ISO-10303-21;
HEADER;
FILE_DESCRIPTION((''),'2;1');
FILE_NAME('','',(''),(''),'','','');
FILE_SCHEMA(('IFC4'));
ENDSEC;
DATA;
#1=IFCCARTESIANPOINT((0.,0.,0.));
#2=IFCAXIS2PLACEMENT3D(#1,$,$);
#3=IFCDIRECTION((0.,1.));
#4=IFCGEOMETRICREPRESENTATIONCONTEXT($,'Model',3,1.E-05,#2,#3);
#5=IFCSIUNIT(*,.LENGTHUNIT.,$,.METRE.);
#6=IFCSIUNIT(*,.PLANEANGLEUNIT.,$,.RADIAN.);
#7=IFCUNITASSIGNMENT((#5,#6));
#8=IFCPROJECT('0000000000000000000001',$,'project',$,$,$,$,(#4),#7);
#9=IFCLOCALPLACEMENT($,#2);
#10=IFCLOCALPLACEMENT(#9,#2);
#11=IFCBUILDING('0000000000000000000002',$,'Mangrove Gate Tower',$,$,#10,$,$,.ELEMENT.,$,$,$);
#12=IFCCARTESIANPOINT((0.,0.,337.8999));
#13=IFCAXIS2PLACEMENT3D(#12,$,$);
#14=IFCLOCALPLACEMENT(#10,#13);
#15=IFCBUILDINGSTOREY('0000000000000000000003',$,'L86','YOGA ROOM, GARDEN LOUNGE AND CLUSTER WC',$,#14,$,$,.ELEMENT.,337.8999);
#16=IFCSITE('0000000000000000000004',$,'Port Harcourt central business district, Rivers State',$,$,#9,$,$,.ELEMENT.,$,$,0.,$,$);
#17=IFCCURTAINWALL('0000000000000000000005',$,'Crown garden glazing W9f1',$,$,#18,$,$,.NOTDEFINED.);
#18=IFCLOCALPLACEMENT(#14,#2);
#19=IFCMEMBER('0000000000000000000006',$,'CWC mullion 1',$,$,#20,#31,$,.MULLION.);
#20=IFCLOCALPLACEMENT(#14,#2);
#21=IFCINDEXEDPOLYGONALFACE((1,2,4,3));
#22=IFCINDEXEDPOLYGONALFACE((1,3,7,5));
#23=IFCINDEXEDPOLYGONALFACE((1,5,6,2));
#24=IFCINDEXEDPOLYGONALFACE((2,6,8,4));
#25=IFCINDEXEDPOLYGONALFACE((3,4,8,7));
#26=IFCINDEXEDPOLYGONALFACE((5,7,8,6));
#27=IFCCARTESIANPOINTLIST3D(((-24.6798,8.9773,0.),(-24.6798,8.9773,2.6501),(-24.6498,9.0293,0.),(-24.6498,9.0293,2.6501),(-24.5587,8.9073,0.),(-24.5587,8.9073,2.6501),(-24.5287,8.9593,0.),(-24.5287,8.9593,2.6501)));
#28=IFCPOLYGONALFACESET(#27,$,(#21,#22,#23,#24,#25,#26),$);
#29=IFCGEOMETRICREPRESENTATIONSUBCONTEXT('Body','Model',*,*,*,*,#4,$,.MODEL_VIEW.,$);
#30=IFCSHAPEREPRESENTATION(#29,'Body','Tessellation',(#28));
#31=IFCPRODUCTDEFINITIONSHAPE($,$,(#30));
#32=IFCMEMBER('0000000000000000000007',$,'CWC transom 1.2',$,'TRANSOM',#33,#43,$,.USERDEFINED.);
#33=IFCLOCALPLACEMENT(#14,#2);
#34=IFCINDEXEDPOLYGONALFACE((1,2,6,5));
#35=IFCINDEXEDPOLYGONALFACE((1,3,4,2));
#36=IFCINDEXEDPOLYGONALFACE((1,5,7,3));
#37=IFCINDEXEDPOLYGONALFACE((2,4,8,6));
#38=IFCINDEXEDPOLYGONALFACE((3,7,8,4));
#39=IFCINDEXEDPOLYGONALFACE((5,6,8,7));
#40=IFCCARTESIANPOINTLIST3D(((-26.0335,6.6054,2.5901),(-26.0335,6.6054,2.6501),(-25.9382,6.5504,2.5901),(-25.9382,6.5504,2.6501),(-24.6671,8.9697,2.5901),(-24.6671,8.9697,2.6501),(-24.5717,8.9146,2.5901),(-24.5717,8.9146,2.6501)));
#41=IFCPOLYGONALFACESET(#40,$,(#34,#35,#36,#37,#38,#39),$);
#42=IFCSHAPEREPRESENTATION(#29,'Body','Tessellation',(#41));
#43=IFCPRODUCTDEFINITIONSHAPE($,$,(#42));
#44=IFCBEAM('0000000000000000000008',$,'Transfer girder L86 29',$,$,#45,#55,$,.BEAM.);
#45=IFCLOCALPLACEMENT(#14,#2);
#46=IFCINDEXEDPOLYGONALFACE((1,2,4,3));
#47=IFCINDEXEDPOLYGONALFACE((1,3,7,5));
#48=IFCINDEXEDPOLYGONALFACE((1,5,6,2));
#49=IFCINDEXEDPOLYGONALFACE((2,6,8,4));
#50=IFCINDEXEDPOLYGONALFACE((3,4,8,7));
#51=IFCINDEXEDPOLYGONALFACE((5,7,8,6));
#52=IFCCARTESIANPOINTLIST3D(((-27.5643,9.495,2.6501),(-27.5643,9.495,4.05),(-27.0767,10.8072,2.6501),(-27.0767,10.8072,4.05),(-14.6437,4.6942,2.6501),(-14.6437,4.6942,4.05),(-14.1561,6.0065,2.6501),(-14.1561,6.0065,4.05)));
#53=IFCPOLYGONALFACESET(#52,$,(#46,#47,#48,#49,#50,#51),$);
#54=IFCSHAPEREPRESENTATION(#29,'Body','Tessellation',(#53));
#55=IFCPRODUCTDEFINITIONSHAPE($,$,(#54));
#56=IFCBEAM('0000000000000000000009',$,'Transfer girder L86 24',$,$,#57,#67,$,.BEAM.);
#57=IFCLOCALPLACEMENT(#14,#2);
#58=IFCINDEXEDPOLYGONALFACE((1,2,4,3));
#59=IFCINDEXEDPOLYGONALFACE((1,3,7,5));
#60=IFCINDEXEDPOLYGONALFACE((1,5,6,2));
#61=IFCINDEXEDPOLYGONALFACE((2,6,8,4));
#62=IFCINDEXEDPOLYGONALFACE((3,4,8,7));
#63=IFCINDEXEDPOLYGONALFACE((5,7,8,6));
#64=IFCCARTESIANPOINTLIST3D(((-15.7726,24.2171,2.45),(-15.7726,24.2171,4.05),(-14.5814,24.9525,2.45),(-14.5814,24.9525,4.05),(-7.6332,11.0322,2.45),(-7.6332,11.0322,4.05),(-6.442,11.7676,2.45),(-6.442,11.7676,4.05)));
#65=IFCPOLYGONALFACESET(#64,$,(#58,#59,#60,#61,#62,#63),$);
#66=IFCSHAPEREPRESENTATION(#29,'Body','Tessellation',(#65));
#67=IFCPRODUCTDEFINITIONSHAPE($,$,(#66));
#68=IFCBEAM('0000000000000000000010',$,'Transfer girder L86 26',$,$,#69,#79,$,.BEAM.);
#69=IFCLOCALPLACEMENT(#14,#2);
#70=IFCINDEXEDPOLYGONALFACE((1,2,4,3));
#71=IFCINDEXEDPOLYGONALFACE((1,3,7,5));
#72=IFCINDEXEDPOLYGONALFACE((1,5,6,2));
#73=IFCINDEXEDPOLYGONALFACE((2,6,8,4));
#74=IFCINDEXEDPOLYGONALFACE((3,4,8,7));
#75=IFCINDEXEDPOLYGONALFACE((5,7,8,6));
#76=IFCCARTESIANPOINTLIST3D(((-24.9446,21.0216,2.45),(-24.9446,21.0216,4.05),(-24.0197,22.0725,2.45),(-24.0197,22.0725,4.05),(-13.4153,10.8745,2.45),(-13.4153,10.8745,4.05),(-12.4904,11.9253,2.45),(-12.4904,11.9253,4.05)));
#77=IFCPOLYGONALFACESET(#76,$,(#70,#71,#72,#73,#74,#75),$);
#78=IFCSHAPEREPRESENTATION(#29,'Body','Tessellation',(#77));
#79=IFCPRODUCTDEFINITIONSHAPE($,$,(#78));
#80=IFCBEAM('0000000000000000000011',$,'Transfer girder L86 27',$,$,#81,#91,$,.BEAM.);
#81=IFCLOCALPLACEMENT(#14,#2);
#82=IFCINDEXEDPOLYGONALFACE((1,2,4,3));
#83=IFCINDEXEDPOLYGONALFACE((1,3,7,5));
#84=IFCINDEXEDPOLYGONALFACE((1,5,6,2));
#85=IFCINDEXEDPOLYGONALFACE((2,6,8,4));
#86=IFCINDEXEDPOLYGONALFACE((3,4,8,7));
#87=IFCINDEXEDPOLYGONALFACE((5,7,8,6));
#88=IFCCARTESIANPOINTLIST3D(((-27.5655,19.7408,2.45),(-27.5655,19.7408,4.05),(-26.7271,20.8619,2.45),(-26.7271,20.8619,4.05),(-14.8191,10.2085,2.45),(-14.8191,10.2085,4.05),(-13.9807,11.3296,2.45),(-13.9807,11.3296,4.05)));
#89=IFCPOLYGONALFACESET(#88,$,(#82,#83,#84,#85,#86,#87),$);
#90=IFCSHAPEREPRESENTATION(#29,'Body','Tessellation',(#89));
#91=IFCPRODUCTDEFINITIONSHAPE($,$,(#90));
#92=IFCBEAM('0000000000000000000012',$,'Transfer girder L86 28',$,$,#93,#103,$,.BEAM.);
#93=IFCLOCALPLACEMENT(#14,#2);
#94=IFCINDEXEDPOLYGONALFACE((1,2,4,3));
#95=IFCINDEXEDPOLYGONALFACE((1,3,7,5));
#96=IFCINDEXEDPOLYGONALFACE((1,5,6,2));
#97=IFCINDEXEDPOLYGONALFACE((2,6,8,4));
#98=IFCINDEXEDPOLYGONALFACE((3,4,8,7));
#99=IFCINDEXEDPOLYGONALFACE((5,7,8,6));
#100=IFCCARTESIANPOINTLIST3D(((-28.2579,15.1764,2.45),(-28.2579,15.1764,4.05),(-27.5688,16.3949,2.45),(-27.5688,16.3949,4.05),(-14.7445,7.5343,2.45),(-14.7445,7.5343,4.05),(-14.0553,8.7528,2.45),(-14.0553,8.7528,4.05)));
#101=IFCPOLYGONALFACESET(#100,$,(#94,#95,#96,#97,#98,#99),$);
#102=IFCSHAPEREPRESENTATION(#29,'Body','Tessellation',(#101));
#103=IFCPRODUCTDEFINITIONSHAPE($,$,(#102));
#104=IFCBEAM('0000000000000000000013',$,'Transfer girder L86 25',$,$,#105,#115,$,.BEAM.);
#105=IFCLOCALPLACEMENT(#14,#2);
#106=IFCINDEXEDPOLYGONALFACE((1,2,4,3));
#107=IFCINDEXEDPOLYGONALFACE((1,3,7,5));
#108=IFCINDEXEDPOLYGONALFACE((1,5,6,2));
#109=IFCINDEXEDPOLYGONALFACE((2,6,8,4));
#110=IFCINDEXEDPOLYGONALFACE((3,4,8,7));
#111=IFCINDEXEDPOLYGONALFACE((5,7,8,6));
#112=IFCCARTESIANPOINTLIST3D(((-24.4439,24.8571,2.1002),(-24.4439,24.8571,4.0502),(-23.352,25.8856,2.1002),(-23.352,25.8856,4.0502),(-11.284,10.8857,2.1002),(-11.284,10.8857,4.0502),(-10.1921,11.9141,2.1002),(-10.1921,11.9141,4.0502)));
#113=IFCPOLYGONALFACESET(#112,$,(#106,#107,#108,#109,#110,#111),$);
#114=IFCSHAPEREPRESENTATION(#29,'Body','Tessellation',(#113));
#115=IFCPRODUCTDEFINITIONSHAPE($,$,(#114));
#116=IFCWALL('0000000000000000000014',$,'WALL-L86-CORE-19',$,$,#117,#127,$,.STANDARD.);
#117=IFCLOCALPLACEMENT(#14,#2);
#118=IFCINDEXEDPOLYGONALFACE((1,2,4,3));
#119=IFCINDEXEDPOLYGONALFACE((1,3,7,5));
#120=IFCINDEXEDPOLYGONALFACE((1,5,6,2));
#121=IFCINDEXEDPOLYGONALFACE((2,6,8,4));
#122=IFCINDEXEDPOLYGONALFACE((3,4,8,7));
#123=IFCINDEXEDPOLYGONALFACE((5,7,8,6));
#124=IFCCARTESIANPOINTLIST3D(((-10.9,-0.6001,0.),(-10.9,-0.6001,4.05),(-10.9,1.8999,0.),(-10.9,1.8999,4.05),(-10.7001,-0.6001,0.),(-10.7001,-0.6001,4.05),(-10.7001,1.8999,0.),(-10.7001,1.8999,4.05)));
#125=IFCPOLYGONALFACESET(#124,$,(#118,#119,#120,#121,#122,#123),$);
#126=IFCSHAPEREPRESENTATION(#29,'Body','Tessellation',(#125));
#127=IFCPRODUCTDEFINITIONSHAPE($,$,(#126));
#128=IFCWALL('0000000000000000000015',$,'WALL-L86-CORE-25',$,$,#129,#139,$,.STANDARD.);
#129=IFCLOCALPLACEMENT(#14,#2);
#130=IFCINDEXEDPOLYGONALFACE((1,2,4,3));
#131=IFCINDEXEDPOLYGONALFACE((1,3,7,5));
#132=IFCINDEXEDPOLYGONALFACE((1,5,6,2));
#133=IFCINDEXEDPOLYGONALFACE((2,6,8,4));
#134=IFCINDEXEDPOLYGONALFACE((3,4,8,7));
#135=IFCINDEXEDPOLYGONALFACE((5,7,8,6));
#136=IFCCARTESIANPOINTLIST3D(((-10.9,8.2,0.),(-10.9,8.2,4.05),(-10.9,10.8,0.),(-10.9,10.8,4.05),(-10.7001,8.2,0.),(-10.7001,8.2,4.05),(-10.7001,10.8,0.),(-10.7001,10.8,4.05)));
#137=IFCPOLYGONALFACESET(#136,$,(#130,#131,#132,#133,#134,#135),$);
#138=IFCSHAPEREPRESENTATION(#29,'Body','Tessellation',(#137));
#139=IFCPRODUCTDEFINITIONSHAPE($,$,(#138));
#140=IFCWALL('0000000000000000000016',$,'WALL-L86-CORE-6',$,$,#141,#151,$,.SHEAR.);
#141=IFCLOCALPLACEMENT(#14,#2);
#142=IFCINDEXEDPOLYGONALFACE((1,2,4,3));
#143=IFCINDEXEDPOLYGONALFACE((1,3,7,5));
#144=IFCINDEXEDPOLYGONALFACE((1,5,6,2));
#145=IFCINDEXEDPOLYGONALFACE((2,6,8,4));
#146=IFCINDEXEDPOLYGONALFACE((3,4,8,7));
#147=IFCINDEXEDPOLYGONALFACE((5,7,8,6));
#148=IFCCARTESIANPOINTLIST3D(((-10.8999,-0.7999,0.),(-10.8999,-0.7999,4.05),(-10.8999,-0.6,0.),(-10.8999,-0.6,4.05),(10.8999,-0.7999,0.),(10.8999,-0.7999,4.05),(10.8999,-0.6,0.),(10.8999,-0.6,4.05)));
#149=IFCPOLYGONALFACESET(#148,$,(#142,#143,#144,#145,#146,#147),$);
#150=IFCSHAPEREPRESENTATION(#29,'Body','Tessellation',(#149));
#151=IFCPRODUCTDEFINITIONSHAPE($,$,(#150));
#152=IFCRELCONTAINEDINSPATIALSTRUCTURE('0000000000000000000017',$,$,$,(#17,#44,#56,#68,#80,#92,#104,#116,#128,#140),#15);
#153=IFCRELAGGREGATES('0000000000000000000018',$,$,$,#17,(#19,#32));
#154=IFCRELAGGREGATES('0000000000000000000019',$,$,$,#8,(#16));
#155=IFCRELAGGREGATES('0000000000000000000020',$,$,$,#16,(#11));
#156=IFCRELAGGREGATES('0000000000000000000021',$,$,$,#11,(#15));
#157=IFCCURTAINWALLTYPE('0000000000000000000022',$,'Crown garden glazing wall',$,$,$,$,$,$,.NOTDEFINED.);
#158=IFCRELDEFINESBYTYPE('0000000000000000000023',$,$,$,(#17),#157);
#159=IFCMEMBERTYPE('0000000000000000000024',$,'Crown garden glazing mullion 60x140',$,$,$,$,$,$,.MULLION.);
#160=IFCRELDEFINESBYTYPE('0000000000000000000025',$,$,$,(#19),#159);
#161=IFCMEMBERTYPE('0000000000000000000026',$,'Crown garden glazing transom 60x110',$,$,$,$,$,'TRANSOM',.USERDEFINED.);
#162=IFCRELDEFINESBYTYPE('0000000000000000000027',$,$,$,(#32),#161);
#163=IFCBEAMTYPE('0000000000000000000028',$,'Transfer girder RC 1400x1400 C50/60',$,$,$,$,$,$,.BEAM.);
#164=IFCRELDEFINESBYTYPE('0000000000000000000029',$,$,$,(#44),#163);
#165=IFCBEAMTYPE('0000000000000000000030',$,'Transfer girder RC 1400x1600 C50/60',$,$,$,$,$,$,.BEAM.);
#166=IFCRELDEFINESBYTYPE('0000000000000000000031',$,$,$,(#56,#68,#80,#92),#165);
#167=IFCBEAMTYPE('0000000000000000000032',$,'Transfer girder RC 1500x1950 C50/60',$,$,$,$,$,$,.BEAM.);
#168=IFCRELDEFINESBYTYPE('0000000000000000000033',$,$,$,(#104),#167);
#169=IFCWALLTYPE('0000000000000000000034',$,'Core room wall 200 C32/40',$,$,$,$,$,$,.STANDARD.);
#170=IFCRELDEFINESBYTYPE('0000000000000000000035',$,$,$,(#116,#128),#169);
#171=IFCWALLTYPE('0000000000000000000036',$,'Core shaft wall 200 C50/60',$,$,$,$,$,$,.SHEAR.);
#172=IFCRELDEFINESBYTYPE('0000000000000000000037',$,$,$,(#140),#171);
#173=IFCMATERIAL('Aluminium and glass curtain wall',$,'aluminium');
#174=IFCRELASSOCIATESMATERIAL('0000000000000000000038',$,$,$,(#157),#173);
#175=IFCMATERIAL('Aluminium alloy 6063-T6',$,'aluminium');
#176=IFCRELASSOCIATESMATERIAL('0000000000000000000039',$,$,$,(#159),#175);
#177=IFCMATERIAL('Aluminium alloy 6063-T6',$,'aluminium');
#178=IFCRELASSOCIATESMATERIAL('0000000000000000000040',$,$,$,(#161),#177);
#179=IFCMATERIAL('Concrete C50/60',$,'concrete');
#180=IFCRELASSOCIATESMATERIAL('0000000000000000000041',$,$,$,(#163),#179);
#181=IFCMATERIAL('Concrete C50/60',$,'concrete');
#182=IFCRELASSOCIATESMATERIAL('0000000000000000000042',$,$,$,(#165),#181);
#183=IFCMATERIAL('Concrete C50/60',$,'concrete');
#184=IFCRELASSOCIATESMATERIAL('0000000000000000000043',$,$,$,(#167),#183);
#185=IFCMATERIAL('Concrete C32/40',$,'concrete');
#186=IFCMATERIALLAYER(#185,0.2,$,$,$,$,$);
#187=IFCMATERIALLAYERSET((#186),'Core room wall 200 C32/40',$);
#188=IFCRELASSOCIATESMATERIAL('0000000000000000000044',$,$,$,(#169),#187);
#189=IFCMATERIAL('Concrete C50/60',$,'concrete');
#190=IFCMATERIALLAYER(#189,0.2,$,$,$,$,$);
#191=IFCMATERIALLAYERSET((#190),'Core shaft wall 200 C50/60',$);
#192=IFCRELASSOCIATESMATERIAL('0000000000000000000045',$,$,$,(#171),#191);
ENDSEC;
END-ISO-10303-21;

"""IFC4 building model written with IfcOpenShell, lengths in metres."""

from ifc_helpers import new_model, si_unit, direction, frame, frame_2d, origin, origin_2d, place, context, subcontext, project, spatial, rectangle, extrude, material, layer, layer_set, material_profile, profile_set, type_object, element, aggregate, save


model = new_model("IFC4")

# Units and contexts
model_context = context("Model", 3, precision=1e-05, world=origin(), true_north=direction((0.0, 1.0)))
body_context = subcontext(model_context, "Body", "Model", "MODEL_VIEW")
ifc_project = project(units=[si_unit("LENGTHUNIT", "METRE"), si_unit("PLANEANGLEUNIT", "RADIAN")], contexts=[model_context])

# Site, building, storey
site_placement = place(None, origin())
site = spatial("IfcSite", under=ifc_project, at=site_placement, Name="Port Harcourt central business district, Rivers State", CompositionType="ELEMENT", RefElevation=0.0)
building_placement = place(site_placement, origin())
building = spatial("IfcBuilding", under=site, at=building_placement, Name="Mangrove Gate Tower", CompositionType="ELEMENT")
storey_placement = place(building_placement, frame((0.0, 0.0, 337.8999)))
storey = spatial("IfcBuildingStorey", under=building, at=storey_placement, Name="L86", Description="YOGA ROOM, GARDEN LOUNGE AND CLUSTER WC", CompositionType="ELEMENT", Elevation=337.8999)

# Curtain wall, members
ifc_material_1 = material(Name="Aluminium and glass curtain wall", Category="aluminium")
curtain_wall_type = type_object("IfcCurtainWallType", Name="Crown garden glazing wall", PredefinedType="NOTDEFINED", material=ifc_material_1)
curtain_wall_placement = place(storey_placement, origin())
curtain_wall = element("IfcCurtainWall", 1, at=curtain_wall_placement, inside=storey, type_object=curtain_wall_type, Name="Crown garden glazing W9f1", PredefinedType="NOTDEFINED")
ifc_material_2 = material(Name="Aluminium alloy 6063-T6", Category="aluminium")
ifc_material_profile_1 = material_profile(ifc_material_2, rectangle(XDim=0.0601, YDim=0.1399, at=origin_2d()))
ifc_profile_set_1 = profile_set([ifc_material_profile_1], Name="Aluminium alloy 6063-T6")
member_type_1 = type_object("IfcMemberType", Name="Crown garden glazing mullion 60x140", PredefinedType="MULLION", material=ifc_profile_set_1)
member_1_placement = place(storey_placement, frame((-24.6042, 8.9683, 0.0), z_axis=(0.0, 0.0, 1.0), x_axis=(-0.500418, -0.865784, 0.0)))
member_1 = element("IfcMember", 2, at=member_1_placement, type_object=member_type_1, Name="CWC mullion 1", PredefinedType="MULLION", context=body_context, shape_type="SweptSolid", body=[
    extrude(rectangle(XDim=0.0601, YDim=0.1399, at=origin_2d()), origin(), (0.0, 0.0, 1.0), 2.6501),
])
ifc_material_3 = material(Name="Aluminium alloy 6063-T6", Category="aluminium")
ifc_material_profile_2 = material_profile(ifc_material_3, rectangle(XDim=0.0601, YDim=0.1101, at=origin_2d()))
ifc_profile_set_2 = profile_set([ifc_material_profile_2], Name="Aluminium alloy 6063-T6")
member_type_2 = type_object("IfcMemberType", Name="Crown garden glazing transom 60x110", ElementType="TRANSOM", PredefinedType="USERDEFINED", material=ifc_profile_set_2)
member_2_placement = place(storey_placement, frame((-24.6194, 8.9421, 2.6201), z_axis=(-0.500398, -0.865795, 0.0), x_axis=(0.0, 0.0, 1.0)))
member_2 = element("IfcMember", 3, at=member_2_placement, type_object=member_type_2, Name="CWC transom 1.2", ObjectType="TRANSOM", PredefinedType="USERDEFINED", context=body_context, shape_type="SweptSolid", body=[
    extrude(rectangle(XDim=0.0601, YDim=0.1101, at=origin_2d()), origin(), (0.0, 0.0, 1.0), 2.7307),
])
aggregate(curtain_wall, [member_1, member_2])

# Beams
ifc_material_4 = material(Name="Concrete C50/60", Category="concrete")
ifc_material_profile_3 = material_profile(ifc_material_4, rectangle(XDim=1.3999, YDim=1.3999, at=origin_2d()))
ifc_profile_set_3 = profile_set([ifc_material_profile_3], Name="Concrete C50/60")
beam_type_1 = type_object("IfcBeamType", Name="Transfer girder RC 1400x1400 C50/60", PredefinedType="BEAM", material=ifc_profile_set_3)
beam_1_placement = place(storey_placement, frame((-14.3999, 5.3503, 3.3501), z_axis=(-0.937385, 0.348294, 0.0), x_axis=(-0.348294, -0.937385, 0.0)))
element("IfcBeam", 4, at=beam_1_placement, inside=storey, type_object=beam_type_1, Name="Transfer girder L86 29", PredefinedType="BEAM", context=body_context, shape_type="SweptSolid", body=[
    extrude(rectangle(XDim=1.3999, YDim=1.3999, at=origin_2d()), origin(), (0.0, 0.0, 1.0), 13.7837),
])
ifc_material_5 = material(Name="Concrete C50/60", Category="concrete")
ifc_material_profile_4 = material_profile(ifc_material_5, rectangle(XDim=1.3999, YDim=1.6001, at=origin_2d()))
ifc_profile_set_4 = profile_set([ifc_material_profile_4], Name="Concrete C50/60")
beam_type_2 = type_object("IfcBeamType", Name="Transfer girder RC 1400x1600 C50/60", PredefinedType="BEAM", material=ifc_profile_set_4)
beam_2_placement = place(storey_placement, frame((-7.0376, 11.3999, 3.25), z_axis=(-0.525299, 0.850918, 0.0), x_axis=(-0.850918, -0.525299, 0.0)))
element("IfcBeam", 5, at=beam_2_placement, inside=storey, type_object=beam_type_2, Name="Transfer girder L86 24", PredefinedType="BEAM", context=body_context, shape_type="SweptSolid", body=[
    extrude(rectangle(XDim=1.3999, YDim=1.6001, at=origin_2d()), origin(), (0.0, 0.0, 1.0), 15.4949),
])
beam_3_placement = place(storey_placement, frame((-12.9529, 11.3999, 3.25), z_axis=(-0.750667, 0.660681, 0.0), x_axis=(-0.660681, -0.750667, 0.0)))
element("IfcBeam", 6, at=beam_3_placement, inside=storey, type_object=beam_type_2, Name="Transfer girder L86 26", PredefinedType="BEAM", context=body_context, shape_type="SweptSolid", body=[
    extrude(rectangle(XDim=1.3999, YDim=1.6001, at=origin_2d()), origin(), (0.0, 0.0, 1.0), 15.3586),
])
beam_4_placement = place(storey_placement, frame((-14.3999, 10.769, 3.25), z_axis=(-0.800829, 0.598893, 0.0), x_axis=(-0.598893, -0.800829, 0.0)))
element("IfcBeam", 7, at=beam_4_placement, inside=storey, type_object=beam_type_2, Name="Transfer girder L86 27", PredefinedType="BEAM", context=body_context, shape_type="SweptSolid", body=[
    extrude(rectangle(XDim=1.3999, YDim=1.6001, at=origin_2d()), origin(), (0.0, 0.0, 1.0), 15.9165),
])
beam_5_placement = place(storey_placement, frame((-14.3999, 8.1436, 3.25), z_axis=(-0.870451, 0.492256, 0.0), x_axis=(-0.492256, -0.870451, 0.0)))
element("IfcBeam", 8, at=beam_5_placement, inside=storey, type_object=beam_type_2, Name="Transfer girder L86 28", PredefinedType="BEAM", context=body_context, shape_type="SweptSolid", body=[
    extrude(rectangle(XDim=1.3999, YDim=1.6001, at=origin_2d()), origin(), (0.0, 0.0, 1.0), 15.5247),
])
ifc_material_6 = material(Name="Concrete C50/60", Category="concrete")
ifc_material_profile_5 = material_profile(ifc_material_6, rectangle(XDim=1.5, YDim=1.95, at=origin_2d()))
ifc_profile_set_5 = profile_set([ifc_material_profile_5], Name="Concrete C50/60")
beam_type_3 = type_object("IfcBeamType", Name="Transfer girder RC 1500x1950 C50/60", PredefinedType="BEAM", material=ifc_profile_set_5)
beam_6_placement = place(storey_placement, frame((-10.738, 11.3999, 3.0752), z_axis=(-0.68565, 0.727931, 0.0), x_axis=(-0.727931, -0.68565, 0.0)))
element("IfcBeam", 9, at=beam_6_placement, inside=storey, type_object=beam_type_3, Name="Transfer girder L86 25", PredefinedType="BEAM", context=body_context, shape_type="SweptSolid", body=[
    extrude(rectangle(XDim=1.5, YDim=1.95, at=origin_2d()), origin(), (0.0, 0.0, 1.0), 19.1934),
])

# Walls
ifc_material_7 = material(Name="Concrete C32/40", Category="concrete")
ifc_layer_1 = layer(ifc_material_7, 0.2)
ifc_layer_set_1 = layer_set([ifc_layer_1], Name="Core room wall 200 C32/40")
wall_type_1 = type_object("IfcWallType", Name="Core room wall 200 C32/40", PredefinedType="STANDARD", material=ifc_layer_set_1)
wall_1_placement = place(storey_placement, frame((-10.8, -0.6001, 0.0), z_axis=(0.0, 0.0, 1.0), x_axis=(0.0, 1.0, 0.0)))
element("IfcWall", 10, at=wall_1_placement, inside=storey, type_object=wall_type_1, Name="WALL-L86-CORE-19", PredefinedType="STANDARD", context=body_context, shape_type="SweptSolid", body=[
    extrude(rectangle(XDim=2.5, YDim=0.2, at=frame_2d((1.25, 0.0))), origin(), (0.0, 0.0, 1.0), 4.05),
])
wall_2_placement = place(storey_placement, frame((-10.8, 8.2, 0.0), z_axis=(0.0, 0.0, 1.0), x_axis=(0.0, 1.0, 0.0)))
element("IfcWall", 11, at=wall_2_placement, inside=storey, type_object=wall_type_1, Name="WALL-L86-CORE-25", PredefinedType="STANDARD", context=body_context, shape_type="SweptSolid", body=[
    extrude(rectangle(XDim=2.6001, YDim=0.2, at=frame_2d((1.3, 0.0))), origin(), (0.0, 0.0, 1.0), 4.05),
])
ifc_material_8 = material(Name="Concrete C50/60", Category="concrete")
ifc_layer_2 = layer(ifc_material_8, 0.2)
ifc_layer_set_2 = layer_set([ifc_layer_2], Name="Core shaft wall 200 C50/60")
wall_type_2 = type_object("IfcWallType", Name="Core shaft wall 200 C50/60", PredefinedType="SHEAR", material=ifc_layer_set_2)
wall_3_placement = place(storey_placement, frame((-10.8999, -0.7, 0.0), z_axis=(0.0, 0.0, 1.0), x_axis=(1.0, 0.0, 0.0)))
element("IfcWall", 12, at=wall_3_placement, inside=storey, type_object=wall_type_2, Name="WALL-L86-CORE-6", PredefinedType="SHEAR", context=body_context, shape_type="SweptSolid", body=[
    extrude(rectangle(XDim=21.7998, YDim=0.2, at=frame_2d((10.8999, 0.0))), origin(), (0.0, 0.0, 1.0), 4.05),
])

save(model, "model.ifc")
